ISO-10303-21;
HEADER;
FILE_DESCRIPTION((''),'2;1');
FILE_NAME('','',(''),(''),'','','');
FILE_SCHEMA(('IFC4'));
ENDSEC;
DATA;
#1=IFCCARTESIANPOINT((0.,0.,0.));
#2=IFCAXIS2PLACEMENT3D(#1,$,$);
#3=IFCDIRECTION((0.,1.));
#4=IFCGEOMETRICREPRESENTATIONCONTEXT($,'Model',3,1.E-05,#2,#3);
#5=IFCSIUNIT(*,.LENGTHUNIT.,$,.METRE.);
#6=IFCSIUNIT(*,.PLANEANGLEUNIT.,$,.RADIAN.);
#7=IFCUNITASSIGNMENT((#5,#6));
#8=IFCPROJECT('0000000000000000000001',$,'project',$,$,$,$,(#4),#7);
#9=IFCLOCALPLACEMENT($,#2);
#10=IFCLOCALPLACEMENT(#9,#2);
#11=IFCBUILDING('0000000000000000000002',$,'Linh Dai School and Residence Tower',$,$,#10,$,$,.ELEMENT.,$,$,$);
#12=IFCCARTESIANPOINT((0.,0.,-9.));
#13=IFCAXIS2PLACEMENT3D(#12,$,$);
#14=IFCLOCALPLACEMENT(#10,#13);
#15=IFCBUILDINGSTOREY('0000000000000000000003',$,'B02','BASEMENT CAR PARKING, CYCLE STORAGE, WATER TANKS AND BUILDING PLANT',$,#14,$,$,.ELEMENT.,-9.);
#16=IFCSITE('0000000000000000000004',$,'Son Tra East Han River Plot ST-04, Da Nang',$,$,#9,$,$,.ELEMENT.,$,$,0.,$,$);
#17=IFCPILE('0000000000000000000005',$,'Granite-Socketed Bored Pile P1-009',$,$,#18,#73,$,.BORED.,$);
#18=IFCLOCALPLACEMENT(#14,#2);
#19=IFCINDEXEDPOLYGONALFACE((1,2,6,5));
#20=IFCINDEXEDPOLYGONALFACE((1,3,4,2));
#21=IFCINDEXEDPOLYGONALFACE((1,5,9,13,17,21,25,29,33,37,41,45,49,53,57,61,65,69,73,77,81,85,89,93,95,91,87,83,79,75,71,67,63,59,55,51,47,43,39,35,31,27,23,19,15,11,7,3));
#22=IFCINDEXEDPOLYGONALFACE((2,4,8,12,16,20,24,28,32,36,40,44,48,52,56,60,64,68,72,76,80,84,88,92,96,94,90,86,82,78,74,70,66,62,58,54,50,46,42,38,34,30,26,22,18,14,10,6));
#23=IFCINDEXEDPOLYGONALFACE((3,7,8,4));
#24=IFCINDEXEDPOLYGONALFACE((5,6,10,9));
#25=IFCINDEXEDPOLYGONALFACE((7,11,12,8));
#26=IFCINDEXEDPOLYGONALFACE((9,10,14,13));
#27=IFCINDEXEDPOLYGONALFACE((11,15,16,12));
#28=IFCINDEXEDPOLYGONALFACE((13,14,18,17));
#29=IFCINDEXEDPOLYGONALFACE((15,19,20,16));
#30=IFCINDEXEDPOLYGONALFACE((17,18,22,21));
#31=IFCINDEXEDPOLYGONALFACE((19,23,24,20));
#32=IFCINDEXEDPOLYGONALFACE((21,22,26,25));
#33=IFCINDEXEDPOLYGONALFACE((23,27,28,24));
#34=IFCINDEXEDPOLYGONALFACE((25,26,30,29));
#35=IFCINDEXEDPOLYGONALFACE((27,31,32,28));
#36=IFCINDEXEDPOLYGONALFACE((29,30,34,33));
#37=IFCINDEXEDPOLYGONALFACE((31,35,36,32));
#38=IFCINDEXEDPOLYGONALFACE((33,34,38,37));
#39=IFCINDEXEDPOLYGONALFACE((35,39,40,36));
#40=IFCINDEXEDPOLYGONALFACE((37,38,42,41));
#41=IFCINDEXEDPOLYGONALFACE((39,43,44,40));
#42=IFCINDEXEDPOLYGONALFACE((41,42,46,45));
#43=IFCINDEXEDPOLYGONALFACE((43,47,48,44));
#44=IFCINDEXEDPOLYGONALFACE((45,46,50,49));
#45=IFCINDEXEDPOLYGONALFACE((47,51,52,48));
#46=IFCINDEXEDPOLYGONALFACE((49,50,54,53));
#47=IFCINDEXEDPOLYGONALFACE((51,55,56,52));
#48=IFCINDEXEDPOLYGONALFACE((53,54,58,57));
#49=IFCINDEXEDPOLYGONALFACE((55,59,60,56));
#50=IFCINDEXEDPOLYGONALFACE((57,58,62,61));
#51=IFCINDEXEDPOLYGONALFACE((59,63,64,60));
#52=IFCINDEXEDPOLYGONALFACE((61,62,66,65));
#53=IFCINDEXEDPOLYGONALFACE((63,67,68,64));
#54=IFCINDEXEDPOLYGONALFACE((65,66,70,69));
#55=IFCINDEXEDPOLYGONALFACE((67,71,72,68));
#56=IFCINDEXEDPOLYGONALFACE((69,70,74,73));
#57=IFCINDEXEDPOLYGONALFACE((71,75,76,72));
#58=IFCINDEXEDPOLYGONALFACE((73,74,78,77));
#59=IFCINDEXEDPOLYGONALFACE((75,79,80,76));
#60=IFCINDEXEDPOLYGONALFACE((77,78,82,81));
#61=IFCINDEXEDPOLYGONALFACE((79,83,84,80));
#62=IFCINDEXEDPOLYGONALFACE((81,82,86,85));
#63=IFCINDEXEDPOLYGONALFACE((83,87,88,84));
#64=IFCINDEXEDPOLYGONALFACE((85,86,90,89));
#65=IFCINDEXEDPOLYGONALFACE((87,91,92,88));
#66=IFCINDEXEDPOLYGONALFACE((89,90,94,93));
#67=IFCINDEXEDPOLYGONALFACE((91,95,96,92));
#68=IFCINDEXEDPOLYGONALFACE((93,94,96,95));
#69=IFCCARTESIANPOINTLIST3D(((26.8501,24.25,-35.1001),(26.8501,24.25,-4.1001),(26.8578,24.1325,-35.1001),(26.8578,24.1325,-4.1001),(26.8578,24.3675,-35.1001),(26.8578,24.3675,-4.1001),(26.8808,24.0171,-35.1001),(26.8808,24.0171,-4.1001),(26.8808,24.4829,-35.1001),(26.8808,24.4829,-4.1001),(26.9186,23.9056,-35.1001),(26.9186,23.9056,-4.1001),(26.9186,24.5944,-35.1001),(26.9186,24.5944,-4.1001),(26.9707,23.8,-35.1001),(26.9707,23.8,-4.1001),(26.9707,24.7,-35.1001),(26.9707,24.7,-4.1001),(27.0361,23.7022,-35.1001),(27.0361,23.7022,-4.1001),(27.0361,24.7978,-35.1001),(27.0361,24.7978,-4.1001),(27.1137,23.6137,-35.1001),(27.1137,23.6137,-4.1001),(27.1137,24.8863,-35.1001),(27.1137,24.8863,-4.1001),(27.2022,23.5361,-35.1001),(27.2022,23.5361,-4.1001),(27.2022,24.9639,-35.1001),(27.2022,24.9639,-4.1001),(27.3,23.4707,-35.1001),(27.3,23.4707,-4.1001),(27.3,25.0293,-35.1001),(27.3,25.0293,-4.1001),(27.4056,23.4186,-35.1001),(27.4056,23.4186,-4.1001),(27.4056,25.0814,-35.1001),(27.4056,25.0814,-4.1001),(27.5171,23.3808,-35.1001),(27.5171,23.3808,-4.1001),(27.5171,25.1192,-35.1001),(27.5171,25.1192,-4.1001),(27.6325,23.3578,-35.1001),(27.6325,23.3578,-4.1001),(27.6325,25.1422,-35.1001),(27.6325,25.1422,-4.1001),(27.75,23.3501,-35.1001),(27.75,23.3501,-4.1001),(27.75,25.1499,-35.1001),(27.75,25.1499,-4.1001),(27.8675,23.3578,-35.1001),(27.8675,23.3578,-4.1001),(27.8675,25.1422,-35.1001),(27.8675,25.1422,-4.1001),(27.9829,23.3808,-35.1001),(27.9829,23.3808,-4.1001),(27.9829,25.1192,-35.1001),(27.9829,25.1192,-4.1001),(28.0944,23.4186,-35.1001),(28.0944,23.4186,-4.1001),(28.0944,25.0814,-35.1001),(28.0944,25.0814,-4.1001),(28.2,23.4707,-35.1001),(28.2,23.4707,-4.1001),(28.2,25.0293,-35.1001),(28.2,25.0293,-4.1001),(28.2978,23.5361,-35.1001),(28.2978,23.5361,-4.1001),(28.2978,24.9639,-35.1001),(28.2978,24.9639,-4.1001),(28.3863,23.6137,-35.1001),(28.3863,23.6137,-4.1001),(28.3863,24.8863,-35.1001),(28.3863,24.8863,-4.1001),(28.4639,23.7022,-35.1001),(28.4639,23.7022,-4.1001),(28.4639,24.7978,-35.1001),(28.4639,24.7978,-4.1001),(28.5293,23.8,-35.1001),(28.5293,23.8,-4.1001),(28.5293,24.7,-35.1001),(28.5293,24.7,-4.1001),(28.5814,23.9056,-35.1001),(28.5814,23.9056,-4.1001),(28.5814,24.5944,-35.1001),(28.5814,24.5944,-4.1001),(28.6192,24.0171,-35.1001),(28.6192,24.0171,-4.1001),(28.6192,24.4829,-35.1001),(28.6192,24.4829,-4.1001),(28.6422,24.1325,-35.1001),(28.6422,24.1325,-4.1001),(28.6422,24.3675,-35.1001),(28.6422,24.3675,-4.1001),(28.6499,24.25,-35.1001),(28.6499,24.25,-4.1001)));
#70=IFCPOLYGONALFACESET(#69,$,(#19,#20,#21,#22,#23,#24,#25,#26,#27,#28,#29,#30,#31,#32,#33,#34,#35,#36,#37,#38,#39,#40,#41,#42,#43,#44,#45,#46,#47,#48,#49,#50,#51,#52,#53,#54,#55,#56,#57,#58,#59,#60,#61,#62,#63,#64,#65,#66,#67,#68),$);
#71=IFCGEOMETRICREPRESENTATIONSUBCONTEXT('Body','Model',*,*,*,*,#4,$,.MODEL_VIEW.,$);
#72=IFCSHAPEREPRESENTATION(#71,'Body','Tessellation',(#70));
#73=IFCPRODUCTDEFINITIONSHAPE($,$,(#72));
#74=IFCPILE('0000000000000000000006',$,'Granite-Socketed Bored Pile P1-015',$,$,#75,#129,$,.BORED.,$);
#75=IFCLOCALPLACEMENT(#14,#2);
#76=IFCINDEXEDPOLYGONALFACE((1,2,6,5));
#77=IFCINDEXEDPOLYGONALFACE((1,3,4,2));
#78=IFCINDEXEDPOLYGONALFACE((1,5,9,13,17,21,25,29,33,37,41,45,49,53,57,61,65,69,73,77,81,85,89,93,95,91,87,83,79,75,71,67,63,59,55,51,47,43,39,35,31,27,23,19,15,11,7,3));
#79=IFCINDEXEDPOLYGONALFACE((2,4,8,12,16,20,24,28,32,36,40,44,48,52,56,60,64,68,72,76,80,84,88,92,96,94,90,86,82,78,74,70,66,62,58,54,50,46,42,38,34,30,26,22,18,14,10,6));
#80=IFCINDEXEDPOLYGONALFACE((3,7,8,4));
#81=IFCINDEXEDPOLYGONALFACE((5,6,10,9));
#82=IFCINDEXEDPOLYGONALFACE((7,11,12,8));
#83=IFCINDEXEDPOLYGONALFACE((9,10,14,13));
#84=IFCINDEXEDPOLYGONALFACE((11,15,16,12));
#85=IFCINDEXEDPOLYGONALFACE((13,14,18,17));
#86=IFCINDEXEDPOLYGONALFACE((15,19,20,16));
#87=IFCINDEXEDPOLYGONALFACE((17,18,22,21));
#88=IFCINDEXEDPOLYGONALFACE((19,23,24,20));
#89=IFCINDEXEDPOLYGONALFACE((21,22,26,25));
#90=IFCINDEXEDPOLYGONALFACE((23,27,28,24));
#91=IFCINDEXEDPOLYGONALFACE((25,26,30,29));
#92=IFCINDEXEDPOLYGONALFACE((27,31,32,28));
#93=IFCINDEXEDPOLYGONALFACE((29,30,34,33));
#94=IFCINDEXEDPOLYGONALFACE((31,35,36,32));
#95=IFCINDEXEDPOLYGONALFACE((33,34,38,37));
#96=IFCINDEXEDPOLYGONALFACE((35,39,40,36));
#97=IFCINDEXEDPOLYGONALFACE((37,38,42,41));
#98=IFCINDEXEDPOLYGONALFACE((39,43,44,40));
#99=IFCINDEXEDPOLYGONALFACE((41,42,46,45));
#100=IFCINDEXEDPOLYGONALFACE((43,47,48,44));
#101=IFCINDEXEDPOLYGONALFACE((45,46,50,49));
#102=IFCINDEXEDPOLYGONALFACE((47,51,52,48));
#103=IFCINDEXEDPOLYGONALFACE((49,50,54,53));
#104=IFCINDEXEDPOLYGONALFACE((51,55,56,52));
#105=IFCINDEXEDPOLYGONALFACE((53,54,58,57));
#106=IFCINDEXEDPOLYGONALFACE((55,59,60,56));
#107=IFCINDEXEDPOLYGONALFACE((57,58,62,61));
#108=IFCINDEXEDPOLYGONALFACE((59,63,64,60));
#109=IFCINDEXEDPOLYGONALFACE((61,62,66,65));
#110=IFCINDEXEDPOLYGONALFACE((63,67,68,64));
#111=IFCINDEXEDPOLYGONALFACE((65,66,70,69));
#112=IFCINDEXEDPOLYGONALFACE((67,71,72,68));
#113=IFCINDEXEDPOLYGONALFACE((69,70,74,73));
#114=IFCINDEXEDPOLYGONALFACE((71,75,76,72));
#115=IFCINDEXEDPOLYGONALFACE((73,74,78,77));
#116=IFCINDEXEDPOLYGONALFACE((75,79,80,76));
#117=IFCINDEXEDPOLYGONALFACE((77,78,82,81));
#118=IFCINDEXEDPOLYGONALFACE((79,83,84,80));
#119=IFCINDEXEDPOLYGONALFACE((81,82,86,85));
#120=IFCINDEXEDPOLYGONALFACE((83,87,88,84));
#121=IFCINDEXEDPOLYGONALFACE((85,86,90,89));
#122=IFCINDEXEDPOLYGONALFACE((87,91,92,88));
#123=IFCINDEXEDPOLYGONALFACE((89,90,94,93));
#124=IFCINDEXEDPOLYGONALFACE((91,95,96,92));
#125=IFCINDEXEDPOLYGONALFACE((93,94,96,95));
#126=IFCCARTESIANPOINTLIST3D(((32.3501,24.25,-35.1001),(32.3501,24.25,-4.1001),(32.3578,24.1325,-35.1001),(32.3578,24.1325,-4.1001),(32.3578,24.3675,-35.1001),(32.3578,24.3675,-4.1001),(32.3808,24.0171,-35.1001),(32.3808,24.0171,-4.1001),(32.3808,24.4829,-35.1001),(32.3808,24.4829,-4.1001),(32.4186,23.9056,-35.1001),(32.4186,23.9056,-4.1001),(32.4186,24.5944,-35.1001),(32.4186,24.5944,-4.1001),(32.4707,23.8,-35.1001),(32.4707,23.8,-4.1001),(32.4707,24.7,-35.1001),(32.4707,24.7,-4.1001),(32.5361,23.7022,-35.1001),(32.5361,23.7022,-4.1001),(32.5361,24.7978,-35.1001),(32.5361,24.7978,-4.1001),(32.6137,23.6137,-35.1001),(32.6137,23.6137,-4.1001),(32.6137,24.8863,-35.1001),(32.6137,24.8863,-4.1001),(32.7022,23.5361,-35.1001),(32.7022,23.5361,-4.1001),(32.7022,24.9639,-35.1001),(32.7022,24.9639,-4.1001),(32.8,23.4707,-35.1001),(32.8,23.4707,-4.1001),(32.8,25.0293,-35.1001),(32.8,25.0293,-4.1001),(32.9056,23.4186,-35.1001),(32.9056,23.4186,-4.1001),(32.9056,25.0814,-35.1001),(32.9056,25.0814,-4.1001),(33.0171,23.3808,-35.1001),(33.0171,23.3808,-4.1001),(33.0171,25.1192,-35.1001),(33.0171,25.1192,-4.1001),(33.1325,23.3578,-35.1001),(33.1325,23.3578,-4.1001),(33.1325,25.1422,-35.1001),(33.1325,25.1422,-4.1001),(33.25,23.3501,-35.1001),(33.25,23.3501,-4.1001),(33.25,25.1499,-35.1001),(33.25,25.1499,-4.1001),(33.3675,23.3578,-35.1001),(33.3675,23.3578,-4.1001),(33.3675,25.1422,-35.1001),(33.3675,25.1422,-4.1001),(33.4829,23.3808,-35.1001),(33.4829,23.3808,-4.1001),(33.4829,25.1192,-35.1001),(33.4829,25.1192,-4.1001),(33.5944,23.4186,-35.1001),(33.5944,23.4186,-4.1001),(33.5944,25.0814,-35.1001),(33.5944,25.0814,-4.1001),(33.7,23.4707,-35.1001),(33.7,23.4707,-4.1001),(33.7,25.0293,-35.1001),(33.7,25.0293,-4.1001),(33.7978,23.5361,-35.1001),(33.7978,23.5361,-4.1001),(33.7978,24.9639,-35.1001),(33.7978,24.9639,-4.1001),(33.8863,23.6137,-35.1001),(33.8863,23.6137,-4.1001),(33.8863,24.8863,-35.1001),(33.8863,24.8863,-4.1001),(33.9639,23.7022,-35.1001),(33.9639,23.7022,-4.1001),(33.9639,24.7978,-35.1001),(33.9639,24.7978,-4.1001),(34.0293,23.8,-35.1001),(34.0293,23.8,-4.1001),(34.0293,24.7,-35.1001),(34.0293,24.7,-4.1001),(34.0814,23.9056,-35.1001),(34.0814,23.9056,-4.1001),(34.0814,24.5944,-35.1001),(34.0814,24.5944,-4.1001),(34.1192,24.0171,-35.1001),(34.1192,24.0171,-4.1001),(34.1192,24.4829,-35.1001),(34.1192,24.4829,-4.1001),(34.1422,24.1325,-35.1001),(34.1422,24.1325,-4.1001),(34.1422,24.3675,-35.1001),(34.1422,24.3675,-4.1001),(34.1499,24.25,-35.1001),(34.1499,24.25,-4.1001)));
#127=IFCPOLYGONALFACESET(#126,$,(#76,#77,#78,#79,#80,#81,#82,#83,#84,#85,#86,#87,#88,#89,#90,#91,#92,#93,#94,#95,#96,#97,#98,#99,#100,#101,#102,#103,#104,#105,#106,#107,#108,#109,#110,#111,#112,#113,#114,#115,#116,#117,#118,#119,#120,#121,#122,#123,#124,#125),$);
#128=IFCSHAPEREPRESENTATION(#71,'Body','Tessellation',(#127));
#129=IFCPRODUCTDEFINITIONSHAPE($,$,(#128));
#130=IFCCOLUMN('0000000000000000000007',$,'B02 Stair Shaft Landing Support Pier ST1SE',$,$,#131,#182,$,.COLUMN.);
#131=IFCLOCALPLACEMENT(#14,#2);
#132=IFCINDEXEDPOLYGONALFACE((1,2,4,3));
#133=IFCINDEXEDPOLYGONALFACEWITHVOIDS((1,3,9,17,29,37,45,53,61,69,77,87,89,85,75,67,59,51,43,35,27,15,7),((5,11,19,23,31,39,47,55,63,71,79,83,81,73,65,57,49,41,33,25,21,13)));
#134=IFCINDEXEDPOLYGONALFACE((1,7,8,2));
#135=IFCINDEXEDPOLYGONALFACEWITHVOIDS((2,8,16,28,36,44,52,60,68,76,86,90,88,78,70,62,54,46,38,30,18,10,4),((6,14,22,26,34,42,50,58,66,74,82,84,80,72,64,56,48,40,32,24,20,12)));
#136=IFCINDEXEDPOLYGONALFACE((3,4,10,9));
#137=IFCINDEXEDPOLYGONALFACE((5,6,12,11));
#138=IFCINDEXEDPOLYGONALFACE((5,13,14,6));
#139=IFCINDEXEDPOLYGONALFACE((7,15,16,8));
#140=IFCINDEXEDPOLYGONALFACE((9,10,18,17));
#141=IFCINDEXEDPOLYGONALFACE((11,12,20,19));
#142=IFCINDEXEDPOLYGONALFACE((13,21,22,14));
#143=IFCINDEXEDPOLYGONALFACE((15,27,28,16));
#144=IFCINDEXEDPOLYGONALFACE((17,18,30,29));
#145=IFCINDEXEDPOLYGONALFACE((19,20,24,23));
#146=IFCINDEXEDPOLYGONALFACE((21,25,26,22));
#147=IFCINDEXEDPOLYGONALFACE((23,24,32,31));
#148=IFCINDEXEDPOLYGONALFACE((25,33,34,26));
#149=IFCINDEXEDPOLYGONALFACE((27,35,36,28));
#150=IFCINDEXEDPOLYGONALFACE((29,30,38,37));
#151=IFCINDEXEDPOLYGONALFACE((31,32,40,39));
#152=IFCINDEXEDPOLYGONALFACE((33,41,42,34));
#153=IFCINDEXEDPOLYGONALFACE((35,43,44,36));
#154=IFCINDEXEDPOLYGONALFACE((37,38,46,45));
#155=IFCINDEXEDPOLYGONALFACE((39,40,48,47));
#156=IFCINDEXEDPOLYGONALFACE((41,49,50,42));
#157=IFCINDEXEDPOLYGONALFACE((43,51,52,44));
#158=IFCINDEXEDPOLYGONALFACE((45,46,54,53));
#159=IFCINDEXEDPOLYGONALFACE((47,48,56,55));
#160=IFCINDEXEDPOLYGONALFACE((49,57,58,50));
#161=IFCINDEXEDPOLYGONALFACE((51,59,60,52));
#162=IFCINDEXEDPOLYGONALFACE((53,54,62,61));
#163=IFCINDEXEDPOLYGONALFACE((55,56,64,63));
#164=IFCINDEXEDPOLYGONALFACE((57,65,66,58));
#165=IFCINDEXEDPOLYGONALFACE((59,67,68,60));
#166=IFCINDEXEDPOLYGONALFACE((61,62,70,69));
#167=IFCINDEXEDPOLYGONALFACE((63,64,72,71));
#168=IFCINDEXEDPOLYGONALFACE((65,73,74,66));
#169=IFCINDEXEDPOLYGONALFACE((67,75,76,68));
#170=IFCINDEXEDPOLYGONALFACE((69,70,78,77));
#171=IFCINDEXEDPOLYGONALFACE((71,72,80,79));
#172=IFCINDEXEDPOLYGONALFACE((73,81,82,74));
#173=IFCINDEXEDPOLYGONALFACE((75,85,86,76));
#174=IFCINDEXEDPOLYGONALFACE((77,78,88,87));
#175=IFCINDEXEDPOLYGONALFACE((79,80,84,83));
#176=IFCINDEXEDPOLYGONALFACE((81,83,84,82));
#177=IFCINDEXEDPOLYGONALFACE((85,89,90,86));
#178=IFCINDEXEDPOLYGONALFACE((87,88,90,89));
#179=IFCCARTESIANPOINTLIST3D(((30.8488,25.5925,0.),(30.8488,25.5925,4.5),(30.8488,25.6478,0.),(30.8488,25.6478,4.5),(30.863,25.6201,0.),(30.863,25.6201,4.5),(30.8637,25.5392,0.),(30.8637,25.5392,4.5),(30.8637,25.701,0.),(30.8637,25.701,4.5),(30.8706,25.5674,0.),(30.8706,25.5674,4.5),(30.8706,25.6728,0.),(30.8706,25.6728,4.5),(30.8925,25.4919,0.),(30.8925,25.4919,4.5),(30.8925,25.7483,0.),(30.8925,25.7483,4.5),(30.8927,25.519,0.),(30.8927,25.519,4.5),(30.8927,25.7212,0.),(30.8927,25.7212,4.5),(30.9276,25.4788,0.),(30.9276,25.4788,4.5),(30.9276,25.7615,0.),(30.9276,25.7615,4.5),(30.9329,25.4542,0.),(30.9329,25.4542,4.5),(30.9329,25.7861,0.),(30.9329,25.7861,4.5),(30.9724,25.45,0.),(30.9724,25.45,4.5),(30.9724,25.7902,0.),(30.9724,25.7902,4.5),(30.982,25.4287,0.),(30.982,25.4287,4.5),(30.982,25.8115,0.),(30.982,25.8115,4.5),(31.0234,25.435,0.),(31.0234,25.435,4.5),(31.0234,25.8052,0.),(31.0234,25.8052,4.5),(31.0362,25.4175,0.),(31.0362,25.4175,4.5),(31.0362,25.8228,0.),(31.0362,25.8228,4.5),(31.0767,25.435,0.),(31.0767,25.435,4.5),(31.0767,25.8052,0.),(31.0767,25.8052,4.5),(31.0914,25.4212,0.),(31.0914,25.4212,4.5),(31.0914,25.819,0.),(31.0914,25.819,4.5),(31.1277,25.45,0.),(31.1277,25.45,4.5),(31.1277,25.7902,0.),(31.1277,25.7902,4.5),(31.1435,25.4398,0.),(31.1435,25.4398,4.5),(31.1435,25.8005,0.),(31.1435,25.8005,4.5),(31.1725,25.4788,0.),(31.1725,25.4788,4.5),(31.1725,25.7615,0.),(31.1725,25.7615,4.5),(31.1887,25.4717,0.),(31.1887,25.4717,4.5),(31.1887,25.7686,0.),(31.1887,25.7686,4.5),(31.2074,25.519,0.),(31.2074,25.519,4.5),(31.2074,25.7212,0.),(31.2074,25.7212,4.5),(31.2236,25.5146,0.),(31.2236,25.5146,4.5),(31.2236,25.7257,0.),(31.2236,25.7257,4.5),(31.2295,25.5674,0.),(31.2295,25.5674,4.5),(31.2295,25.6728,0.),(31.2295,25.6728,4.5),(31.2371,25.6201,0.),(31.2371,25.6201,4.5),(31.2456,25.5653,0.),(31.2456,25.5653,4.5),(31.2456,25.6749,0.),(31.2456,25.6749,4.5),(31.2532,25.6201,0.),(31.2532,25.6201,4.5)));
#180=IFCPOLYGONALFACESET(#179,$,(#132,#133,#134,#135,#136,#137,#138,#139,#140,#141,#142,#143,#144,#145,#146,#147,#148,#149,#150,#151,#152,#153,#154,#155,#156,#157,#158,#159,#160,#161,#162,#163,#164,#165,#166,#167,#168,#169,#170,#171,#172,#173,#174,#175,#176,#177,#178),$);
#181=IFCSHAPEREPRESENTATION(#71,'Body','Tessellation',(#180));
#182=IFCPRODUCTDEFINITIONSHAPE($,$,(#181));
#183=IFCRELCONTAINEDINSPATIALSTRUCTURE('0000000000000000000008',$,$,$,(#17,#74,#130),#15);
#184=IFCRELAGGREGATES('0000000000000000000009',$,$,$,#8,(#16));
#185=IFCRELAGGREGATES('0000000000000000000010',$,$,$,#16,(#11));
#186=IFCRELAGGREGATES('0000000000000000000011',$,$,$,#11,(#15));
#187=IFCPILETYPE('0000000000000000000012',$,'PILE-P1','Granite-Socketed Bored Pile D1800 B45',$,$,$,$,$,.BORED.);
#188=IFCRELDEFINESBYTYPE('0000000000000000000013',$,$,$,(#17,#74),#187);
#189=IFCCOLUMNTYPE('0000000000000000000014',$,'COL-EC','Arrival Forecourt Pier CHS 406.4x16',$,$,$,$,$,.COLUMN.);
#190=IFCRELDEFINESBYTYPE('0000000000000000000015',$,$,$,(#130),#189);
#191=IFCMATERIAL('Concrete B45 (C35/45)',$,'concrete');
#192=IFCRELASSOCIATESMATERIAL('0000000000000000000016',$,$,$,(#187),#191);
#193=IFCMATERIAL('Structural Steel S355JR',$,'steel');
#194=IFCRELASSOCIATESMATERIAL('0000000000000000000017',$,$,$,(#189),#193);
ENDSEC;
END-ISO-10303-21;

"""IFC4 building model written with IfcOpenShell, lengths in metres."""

from ifc_helpers import new_model, si_unit, direction, frame, origin, origin_2d, place, context, subcontext, project, spatial, circle, hollow_circle, extrude, material, material_profile, profile_set, type_object, element, save


model = new_model("IFC4")

# Units and contexts
model_context = context("Model", 3, precision=1e-05, world=origin(), true_north=direction((0.0, 1.0)))
body_context = subcontext(model_context, "Body", "Model", "MODEL_VIEW")
ifc_project = project(units=[si_unit("LENGTHUNIT", "METRE"), si_unit("PLANEANGLEUNIT", "RADIAN")], contexts=[model_context])

# Site, building, storey
site_placement = place(None, origin())
site = spatial("IfcSite", under=ifc_project, at=site_placement, Name="Son Tra East Han River Plot ST-04, Da Nang", CompositionType="ELEMENT", RefElevation=0.0)
building_placement = place(site_placement, origin())
building = spatial("IfcBuilding", under=site, at=building_placement, Name="Linh Dai School and Residence Tower", CompositionType="ELEMENT")
storey_placement = place(building_placement, frame((0.0, 0.0, -9.0)))
storey = spatial("IfcBuildingStorey", under=building, at=storey_placement, Name="B02", Description="BASEMENT CAR PARKING, CYCLE STORAGE, WATER TANKS AND BUILDING PLANT", CompositionType="ELEMENT", Elevation=-9.0)

# Piles
ifc_material_1 = material(Name="Concrete B45 (C35/45)", Category="concrete")
ifc_material_profile_1 = material_profile(ifc_material_1, circle(Radius=0.8999, at=origin_2d()), Name="PILE D1800")
ifc_profile_set_1 = profile_set([ifc_material_profile_1], Name="Concrete B45 (C35/45)")
pile_type = type_object("IfcPileType", Name="PILE-P1", Description="Granite-Socketed Bored Pile D1800 B45", PredefinedType="BORED", material=ifc_profile_set_1)
for number, where, z_axis, x_axis, name in (
    (1, (27.75, 24.25, -4.1001), (0.0, 0.0, -1.0), (1.0, 0.0, 0.0), "Granite-Socketed Bored Pile P1-009"),
    (2, (33.25, 24.25, -4.1001), (0.0, 0.0, -1.0), (1.0, 0.0, 0.0), "Granite-Socketed Bored Pile P1-015"),
):
    element("IfcPile", number, at=place(storey_placement, frame(where, z_axis=z_axis, x_axis=x_axis)), inside=storey, type_object=pile_type, Name=name, PredefinedType="BORED", context=body_context, shape_type="SweptSolid", body=[
        extrude(circle(Radius=0.8999, at=origin_2d()), origin(), (0.0, 0.0, 1.0), 31.0),
    ])

# Column
ifc_material_2 = material(Name="Structural Steel S355JR", Category="steel")
ifc_material_profile_2 = material_profile(ifc_material_2, hollow_circle(Radius=0.2031, WallThickness=0.0161, at=origin_2d()), Name="CHS 406.4x16")
ifc_profile_set_2 = profile_set([ifc_material_profile_2], Name="Structural Steel S355JR")
column_type_1 = type_object("IfcColumnType", Name="COL-EC", Description="Arrival Forecourt Pier CHS 406.4x16", PredefinedType="COLUMN", material=ifc_profile_set_2)
for number, where, z_axis, x_axis, name in (
    (3, (31.05, 25.6201, 0.0), (0.0, 0.0, 1.0), (1.0, 0.0, 0.0), "B02 Stair Shaft Landing Support Pier ST1SE"),
):
    element("IfcColumn", number, at=place(storey_placement, frame(where, z_axis=z_axis, x_axis=x_axis)), inside=storey, type_object=column_type_1, Name=name, PredefinedType="COLUMN", context=body_context, shape_type="SweptSolid", body=[
        extrude(hollow_circle(Radius=0.2031, WallThickness=0.0161, at=origin_2d()), origin(), (0.0, 0.0, 1.0), 4.5),
    ])

save(model, "model.ifc")
